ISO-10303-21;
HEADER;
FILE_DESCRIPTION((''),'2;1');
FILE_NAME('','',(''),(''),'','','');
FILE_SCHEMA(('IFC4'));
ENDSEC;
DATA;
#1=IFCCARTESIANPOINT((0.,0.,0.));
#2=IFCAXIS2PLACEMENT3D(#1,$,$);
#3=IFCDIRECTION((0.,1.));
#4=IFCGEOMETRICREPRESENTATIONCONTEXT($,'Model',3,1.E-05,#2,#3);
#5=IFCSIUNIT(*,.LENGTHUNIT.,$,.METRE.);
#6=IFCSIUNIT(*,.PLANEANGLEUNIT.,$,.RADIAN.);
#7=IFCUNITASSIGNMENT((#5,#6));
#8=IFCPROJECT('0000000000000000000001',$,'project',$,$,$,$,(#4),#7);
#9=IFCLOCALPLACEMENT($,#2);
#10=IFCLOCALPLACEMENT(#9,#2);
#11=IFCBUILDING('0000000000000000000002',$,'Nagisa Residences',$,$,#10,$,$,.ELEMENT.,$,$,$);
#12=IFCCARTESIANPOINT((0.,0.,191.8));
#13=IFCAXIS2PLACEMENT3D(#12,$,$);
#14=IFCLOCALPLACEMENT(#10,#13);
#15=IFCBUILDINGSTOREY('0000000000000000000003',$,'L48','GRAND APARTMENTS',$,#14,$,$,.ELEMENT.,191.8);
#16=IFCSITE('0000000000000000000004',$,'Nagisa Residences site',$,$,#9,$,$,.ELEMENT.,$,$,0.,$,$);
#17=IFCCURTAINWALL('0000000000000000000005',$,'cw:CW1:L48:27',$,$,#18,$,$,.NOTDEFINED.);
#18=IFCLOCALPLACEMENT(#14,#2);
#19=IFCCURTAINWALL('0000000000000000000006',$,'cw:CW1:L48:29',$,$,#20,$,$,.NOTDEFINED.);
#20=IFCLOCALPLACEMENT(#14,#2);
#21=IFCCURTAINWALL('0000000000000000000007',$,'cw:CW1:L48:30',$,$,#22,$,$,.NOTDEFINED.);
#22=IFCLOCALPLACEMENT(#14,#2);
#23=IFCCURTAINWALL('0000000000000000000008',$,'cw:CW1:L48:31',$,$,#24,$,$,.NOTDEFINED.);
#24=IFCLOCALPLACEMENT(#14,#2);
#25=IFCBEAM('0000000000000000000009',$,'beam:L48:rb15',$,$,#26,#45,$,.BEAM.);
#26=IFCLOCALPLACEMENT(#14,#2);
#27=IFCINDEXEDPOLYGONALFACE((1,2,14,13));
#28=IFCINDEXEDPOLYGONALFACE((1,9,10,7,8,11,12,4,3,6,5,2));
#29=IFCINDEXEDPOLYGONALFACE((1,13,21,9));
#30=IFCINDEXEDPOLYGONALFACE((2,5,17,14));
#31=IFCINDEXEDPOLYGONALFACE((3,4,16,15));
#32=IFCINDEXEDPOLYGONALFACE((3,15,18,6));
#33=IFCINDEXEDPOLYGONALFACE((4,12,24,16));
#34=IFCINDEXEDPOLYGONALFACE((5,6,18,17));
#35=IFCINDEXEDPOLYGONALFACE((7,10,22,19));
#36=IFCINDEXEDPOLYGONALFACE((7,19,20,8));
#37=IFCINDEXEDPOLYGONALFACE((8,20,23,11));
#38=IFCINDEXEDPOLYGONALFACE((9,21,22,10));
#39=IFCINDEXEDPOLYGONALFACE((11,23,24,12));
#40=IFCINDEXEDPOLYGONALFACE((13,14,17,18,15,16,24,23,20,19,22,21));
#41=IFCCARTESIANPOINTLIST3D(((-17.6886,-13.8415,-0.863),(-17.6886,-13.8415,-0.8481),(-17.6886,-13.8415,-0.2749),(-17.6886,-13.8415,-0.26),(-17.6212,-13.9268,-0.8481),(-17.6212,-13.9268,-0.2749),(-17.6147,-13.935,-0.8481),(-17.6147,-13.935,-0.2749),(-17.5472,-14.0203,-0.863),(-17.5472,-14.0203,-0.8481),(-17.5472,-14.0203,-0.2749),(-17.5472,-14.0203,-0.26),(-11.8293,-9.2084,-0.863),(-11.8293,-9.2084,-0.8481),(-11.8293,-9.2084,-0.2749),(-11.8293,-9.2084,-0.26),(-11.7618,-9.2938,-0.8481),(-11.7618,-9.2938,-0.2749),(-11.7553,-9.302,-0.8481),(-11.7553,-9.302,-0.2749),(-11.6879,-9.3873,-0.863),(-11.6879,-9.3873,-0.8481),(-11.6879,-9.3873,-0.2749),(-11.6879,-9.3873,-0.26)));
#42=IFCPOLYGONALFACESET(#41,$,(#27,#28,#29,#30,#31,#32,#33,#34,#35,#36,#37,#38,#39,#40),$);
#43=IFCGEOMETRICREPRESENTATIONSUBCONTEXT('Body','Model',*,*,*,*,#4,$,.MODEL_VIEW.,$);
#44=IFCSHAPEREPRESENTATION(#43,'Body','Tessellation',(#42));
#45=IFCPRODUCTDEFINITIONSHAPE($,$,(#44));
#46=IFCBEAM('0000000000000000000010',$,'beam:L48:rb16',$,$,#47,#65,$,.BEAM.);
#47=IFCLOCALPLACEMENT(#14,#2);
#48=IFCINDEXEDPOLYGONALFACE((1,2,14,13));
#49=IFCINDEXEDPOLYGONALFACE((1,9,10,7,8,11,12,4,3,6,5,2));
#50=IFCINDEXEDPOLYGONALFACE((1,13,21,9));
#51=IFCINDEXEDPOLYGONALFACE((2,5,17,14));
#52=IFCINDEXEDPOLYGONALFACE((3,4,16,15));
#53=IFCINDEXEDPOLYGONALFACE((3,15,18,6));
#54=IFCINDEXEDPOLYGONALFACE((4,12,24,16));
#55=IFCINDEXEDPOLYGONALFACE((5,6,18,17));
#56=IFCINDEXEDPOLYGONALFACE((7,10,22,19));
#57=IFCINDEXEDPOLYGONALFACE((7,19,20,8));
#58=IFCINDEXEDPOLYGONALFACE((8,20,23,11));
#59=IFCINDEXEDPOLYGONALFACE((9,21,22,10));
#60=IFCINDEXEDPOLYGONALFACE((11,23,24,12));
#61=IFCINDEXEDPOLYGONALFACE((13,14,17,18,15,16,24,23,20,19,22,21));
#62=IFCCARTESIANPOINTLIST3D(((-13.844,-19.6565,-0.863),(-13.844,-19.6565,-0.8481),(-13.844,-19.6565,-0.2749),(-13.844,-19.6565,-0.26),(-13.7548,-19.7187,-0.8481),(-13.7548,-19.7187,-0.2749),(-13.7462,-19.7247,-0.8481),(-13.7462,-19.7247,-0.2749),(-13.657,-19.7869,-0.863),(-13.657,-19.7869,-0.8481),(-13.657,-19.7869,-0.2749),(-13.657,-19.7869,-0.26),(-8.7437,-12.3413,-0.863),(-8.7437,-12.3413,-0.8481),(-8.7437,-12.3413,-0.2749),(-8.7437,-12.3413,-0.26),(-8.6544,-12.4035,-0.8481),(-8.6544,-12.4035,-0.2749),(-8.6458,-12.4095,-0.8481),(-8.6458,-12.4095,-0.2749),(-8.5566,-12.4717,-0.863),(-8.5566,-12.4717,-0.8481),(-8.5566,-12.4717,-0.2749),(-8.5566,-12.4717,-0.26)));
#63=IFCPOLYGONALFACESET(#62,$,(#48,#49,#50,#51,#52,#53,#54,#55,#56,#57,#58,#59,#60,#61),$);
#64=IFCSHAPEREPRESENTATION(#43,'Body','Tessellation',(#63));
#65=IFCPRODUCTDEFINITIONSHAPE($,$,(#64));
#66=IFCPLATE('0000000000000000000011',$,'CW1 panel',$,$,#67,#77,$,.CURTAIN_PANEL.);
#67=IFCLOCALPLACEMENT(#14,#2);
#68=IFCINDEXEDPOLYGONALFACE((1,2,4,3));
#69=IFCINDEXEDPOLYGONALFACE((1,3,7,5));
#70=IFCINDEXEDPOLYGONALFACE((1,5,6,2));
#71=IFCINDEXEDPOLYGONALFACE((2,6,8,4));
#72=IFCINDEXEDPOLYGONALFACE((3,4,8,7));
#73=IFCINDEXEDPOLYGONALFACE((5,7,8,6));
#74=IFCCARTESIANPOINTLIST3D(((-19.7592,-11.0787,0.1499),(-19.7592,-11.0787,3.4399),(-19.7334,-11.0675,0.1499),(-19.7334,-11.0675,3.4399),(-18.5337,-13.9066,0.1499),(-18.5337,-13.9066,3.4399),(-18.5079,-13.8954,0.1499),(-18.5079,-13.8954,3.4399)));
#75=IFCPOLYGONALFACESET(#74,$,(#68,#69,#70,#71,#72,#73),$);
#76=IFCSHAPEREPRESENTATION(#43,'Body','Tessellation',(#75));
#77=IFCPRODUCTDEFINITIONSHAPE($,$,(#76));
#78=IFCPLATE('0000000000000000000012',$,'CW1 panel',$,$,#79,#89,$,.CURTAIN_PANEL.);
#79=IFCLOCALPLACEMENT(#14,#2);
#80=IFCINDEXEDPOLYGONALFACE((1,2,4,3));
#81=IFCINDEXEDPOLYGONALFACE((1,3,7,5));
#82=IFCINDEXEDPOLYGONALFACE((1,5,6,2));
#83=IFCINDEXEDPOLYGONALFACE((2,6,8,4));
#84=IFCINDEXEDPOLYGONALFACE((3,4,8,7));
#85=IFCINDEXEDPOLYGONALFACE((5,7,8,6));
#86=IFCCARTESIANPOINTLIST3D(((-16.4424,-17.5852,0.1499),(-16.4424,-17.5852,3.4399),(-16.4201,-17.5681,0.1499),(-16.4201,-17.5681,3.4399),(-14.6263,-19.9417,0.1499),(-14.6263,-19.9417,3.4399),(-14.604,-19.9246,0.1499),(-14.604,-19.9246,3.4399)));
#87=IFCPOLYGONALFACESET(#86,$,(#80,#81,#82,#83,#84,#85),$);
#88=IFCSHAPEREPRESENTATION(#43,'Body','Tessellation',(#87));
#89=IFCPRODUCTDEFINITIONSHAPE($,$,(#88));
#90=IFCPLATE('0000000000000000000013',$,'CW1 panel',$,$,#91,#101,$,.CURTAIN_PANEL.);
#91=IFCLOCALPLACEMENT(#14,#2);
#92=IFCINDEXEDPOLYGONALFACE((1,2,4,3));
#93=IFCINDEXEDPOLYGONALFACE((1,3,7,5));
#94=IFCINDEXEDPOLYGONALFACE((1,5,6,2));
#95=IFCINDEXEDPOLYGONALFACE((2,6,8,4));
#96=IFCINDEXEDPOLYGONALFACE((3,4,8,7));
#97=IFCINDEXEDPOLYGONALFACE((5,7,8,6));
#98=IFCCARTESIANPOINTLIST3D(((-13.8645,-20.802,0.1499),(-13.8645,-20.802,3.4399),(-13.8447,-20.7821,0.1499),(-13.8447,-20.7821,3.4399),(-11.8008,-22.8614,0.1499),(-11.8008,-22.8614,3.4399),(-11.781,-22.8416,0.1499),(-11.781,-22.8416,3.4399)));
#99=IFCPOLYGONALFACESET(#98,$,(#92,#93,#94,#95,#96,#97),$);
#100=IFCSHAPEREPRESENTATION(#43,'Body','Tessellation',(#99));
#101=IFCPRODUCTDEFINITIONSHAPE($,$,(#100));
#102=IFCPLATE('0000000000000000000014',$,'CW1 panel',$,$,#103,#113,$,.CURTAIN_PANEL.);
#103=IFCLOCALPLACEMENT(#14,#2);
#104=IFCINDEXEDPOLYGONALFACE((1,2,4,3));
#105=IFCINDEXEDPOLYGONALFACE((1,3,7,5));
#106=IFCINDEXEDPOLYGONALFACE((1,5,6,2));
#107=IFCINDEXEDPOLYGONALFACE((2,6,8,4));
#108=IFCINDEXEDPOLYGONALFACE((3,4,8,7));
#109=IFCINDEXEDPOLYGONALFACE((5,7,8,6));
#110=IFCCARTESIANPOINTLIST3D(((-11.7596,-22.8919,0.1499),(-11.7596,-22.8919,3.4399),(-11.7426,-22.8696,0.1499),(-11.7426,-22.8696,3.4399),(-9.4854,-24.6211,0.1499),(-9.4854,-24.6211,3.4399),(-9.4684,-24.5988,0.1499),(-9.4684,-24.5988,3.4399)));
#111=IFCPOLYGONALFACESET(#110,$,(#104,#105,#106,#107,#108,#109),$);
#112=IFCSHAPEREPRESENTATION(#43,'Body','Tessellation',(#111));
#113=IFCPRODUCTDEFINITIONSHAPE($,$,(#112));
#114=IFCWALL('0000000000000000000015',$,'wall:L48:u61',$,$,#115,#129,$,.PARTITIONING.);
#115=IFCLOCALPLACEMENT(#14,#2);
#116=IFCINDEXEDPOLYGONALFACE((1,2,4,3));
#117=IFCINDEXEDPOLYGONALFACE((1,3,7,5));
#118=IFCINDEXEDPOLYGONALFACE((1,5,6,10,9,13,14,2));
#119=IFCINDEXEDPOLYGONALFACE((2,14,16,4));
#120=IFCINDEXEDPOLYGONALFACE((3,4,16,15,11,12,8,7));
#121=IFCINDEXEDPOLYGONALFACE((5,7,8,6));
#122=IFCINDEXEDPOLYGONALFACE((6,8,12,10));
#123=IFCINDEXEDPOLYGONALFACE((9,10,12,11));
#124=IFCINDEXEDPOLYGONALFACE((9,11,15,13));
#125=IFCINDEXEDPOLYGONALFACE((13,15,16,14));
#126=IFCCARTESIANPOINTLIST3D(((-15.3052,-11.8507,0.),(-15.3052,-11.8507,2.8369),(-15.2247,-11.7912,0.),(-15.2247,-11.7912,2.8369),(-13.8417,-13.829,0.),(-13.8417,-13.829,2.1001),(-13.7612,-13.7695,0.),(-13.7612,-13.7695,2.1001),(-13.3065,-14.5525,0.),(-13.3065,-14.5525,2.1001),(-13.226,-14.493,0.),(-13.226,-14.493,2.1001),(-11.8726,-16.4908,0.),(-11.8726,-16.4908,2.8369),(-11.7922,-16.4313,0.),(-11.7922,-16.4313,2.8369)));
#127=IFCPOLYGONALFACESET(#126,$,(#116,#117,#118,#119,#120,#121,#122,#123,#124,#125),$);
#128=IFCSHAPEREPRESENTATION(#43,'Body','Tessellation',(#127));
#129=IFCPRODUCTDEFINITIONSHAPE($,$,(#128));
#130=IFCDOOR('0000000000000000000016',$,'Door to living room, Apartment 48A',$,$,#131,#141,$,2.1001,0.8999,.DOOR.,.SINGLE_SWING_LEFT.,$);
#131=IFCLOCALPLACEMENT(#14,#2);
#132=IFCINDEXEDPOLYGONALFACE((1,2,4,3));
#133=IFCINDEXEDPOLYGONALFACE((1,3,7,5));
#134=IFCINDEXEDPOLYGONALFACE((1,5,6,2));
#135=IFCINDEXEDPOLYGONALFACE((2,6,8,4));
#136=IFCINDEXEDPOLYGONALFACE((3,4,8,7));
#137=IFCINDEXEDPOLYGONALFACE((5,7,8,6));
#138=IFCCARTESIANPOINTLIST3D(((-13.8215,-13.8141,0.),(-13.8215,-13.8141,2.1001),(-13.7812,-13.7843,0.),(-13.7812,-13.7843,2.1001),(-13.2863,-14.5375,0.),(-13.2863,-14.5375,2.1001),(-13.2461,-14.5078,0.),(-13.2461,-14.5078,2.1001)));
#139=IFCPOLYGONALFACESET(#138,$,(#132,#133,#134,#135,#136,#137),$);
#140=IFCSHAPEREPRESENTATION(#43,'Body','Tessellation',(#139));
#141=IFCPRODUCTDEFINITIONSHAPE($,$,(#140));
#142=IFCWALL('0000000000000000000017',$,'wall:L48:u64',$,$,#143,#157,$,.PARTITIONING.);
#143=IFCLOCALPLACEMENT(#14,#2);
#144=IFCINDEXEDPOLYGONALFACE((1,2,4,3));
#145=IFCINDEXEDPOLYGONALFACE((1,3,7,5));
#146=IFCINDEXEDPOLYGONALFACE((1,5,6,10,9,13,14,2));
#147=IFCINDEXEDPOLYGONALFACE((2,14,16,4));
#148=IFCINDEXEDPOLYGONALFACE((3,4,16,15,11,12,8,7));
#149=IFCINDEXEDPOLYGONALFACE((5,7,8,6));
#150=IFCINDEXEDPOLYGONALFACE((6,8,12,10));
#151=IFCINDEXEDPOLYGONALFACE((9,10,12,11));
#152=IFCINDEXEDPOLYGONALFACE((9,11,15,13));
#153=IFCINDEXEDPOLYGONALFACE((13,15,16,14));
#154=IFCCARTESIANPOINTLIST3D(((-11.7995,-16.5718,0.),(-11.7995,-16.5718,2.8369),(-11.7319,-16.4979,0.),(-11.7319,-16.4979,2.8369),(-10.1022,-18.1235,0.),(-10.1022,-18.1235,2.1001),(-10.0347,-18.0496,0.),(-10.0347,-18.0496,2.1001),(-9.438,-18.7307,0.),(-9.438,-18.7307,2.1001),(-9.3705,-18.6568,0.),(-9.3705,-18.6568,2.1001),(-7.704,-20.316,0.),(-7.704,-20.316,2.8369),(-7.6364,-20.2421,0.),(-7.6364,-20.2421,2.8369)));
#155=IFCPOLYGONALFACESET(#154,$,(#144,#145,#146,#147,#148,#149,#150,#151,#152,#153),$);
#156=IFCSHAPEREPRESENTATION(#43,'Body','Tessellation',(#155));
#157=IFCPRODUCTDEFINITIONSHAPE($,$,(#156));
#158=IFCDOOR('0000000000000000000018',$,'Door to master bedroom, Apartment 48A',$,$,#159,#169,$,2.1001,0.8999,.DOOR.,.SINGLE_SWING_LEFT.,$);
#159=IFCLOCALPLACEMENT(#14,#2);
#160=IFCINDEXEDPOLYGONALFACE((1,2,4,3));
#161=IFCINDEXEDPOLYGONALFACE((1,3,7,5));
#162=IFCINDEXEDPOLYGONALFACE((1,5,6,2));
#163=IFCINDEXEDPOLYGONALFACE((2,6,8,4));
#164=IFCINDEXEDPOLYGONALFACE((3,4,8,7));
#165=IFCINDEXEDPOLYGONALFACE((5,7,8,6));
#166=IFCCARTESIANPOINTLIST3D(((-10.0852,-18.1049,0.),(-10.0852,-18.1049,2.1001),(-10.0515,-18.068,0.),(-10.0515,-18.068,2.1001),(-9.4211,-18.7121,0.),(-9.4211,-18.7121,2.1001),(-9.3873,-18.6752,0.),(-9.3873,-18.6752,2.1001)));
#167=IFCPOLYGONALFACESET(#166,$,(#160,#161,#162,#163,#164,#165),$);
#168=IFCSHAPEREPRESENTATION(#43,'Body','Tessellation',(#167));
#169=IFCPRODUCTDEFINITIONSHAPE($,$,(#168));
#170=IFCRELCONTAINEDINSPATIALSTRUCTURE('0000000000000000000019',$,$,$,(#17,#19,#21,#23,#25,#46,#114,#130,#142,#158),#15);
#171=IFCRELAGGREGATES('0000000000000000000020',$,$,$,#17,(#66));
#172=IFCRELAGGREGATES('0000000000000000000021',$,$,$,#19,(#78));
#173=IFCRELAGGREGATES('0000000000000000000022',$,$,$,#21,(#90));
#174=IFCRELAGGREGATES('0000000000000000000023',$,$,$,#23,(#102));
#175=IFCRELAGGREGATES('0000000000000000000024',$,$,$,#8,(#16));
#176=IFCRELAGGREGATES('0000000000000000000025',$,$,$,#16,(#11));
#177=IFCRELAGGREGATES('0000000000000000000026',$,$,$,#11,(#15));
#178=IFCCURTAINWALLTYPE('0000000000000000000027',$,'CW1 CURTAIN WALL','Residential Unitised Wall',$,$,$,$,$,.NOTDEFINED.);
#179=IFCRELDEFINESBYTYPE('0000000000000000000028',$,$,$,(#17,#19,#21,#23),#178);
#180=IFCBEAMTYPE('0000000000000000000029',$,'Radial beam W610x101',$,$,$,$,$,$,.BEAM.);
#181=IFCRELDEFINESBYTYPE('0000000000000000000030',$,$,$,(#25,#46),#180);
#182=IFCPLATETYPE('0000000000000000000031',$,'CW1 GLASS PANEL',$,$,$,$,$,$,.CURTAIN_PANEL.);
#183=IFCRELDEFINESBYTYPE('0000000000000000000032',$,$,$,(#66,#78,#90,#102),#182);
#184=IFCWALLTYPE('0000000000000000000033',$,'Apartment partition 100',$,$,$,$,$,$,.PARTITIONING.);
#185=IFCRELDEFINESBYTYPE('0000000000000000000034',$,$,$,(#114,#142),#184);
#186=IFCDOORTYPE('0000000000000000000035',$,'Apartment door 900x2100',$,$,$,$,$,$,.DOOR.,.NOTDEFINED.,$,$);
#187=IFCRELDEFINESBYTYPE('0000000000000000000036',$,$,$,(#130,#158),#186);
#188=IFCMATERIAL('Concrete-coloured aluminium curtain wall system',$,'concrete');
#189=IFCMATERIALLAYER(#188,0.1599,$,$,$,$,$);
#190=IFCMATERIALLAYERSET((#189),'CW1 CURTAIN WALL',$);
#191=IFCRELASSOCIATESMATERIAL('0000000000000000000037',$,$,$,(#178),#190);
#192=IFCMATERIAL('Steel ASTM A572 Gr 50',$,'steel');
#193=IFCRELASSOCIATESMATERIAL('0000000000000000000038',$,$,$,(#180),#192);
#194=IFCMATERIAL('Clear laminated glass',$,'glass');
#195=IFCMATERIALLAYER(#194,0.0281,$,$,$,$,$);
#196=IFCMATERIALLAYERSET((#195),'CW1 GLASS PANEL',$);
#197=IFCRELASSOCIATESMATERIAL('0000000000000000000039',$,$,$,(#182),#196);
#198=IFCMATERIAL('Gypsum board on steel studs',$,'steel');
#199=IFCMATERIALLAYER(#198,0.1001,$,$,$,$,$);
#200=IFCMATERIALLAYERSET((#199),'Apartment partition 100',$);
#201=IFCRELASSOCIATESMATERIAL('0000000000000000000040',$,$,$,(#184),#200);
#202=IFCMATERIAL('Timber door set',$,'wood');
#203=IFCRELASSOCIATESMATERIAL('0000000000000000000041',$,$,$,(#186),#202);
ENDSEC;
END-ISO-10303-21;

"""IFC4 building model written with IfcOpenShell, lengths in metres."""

from ifc_helpers import new_model, si_unit, direction, frame, frame_2d, origin, origin_2d, place, context, subcontext, project, spatial, rectangle, i_section, extrude, material, layer, layer_set, material_profile, profile_set, type_object, element, fill, aggregate, save


model = new_model("IFC4")

# Units and contexts
model_context = context("Model", 3, precision=1e-05, world=origin(), true_north=direction((0.0, 1.0)))
body_context = subcontext(model_context, "Body", "Model", "MODEL_VIEW")
ifc_project = project(units=[si_unit("LENGTHUNIT", "METRE"), si_unit("PLANEANGLEUNIT", "RADIAN")], contexts=[model_context])

# Site, building, storey
site_placement = place(None, origin())
site = spatial("IfcSite", under=ifc_project, at=site_placement, Name="Nagisa Residences site", CompositionType="ELEMENT", RefElevation=0.0)
building_placement = place(site_placement, origin())
building = spatial("IfcBuilding", under=site, at=building_placement, Name="Nagisa Residences", CompositionType="ELEMENT")
storey_placement = place(building_placement, frame((0.0, 0.0, 191.8)))
storey = spatial("IfcBuildingStorey", under=building, at=storey_placement, Name="L48", Description="GRAND APARTMENTS", CompositionType="ELEMENT", Elevation=191.8)

# Curtain walls
ifc_material_1 = material(Name="Concrete-coloured aluminium curtain wall system", Category="concrete")
ifc_layer_1 = layer(ifc_material_1, 0.1599)
ifc_layer_set_1 = layer_set([ifc_layer_1], Name="CW1 CURTAIN WALL")
curtain_wall_type = type_object("IfcCurtainWallType", Name="CW1 CURTAIN WALL", Description="Residential Unitised Wall", PredefinedType="NOTDEFINED", material=ifc_layer_set_1)
curtain_wall_1_placement = place(storey_placement, origin())
curtain_wall_1 = element("IfcCurtainWall", 1, at=curtain_wall_1_placement, inside=storey, type_object=curtain_wall_type, Name="cw:CW1:L48:27", PredefinedType="NOTDEFINED")
curtain_wall_2_placement = place(storey_placement, origin())
curtain_wall_2 = element("IfcCurtainWall", 2, at=curtain_wall_2_placement, inside=storey, type_object=curtain_wall_type, Name="cw:CW1:L48:29", PredefinedType="NOTDEFINED")
curtain_wall_3_placement = place(storey_placement, origin())
curtain_wall_3 = element("IfcCurtainWall", 3, at=curtain_wall_3_placement, inside=storey, type_object=curtain_wall_type, Name="cw:CW1:L48:30", PredefinedType="NOTDEFINED")
curtain_wall_4_placement = place(storey_placement, origin())
curtain_wall_4 = element("IfcCurtainWall", 4, at=curtain_wall_4_placement, inside=storey, type_object=curtain_wall_type, Name="cw:CW1:L48:31", PredefinedType="NOTDEFINED")

# Beams
ifc_material_2 = material(Name="Steel ASTM A572 Gr 50", Category="steel")
ifc_material_profile_1 = material_profile(ifc_material_2, i_section(OverallWidth=0.228, OverallDepth=0.603, WebThickness=0.0105, FlangeThickness=0.0149, at=origin_2d()), Name="W610x101")
ifc_profile_set_1 = profile_set([ifc_material_profile_1], Name="Steel ASTM A572 Gr 50")
beam_type_1 = type_object("IfcBeamType", Name="Radial beam W610x101", PredefinedType="BEAM", material=ifc_profile_set_1)
beam_1_placement = place(storey_placement, frame((-17.6179, -13.9309, -0.5615), z_axis=(0.784412, 0.620241, 0.0), x_axis=(-0.620241, 0.784412, 0.0)))
element("IfcBeam", 5, at=beam_1_placement, inside=storey, type_object=beam_type_1, Name="beam:L48:rb15", PredefinedType="BEAM", context=body_context, shape_type="SweptSolid", body=[
    extrude(i_section(OverallWidth=0.228, OverallDepth=0.603, WebThickness=0.0105, FlangeThickness=0.0149, at=origin_2d()), origin(), (0.0, 0.0, 1.0), 7.4697),
])
beam_2_placement = place(storey_placement, frame((-13.7505, -19.7217, -0.5615), z_axis=(0.571934, 0.820299, 0.0), x_axis=(-0.820299, 0.571934, 0.0)))
element("IfcBeam", 6, at=beam_2_placement, inside=storey, type_object=beam_type_1, Name="beam:L48:rb16", PredefinedType="BEAM", context=body_context, shape_type="SweptSolid", body=[
    extrude(i_section(OverallWidth=0.228, OverallDepth=0.603, WebThickness=0.0105, FlangeThickness=0.0149, at=origin_2d()), origin(), (0.0, 0.0, 1.0), 8.9177),
])

# Plates
ifc_material_3 = material(Name="Clear laminated glass", Category="glass")
ifc_layer_2 = layer(ifc_material_3, 0.0281)
ifc_layer_set_2 = layer_set([ifc_layer_2], Name="CW1 GLASS PANEL")
plate_type = type_object("IfcPlateType", Name="CW1 GLASS PANEL", PredefinedType="CURTAIN_PANEL", material=ifc_layer_set_2)
plate_1_placement = place(storey_placement, frame((-19.1335, -12.4871, 0.1499), z_axis=(0.0, 0.0, 1.0), x_axis=(0.397636, -0.917543, 0.0)))
plate_1 = element("IfcPlate", 7, at=plate_1_placement, type_object=plate_type, Name="CW1 panel", PredefinedType="CURTAIN_PANEL", context=body_context, shape_type="SweptSolid", body=[
    extrude(rectangle(XDim=3.082, YDim=0.0281, at=origin_2d()), origin(), (0.0, 0.0, 1.0), 3.29),
])
aggregate(curtain_wall_1, [plate_1])
plate_2_placement = place(storey_placement, frame((-15.5232, -18.7549, 0.1499), z_axis=(0.0, 0.0, 1.0), x_axis=(0.61043, -0.79207, 0.0)))
plate_2 = element("IfcPlate", 8, at=plate_2_placement, type_object=plate_type, Name="CW1 panel", PredefinedType="CURTAIN_PANEL", context=body_context, shape_type="SweptSolid", body=[
    extrude(rectangle(XDim=2.9751, YDim=0.0281, at=origin_2d()), origin(), (0.0, 0.0, 1.0), 3.29),
])
aggregate(curtain_wall_2, [plate_2])
plate_3_placement = place(storey_placement, frame((-12.8228, -21.8218, 0.1499), z_axis=(0.0, 0.0, 1.0), x_axis=(0.707836, -0.706377, 0.0)))
plate_3 = element("IfcPlate", 9, at=plate_3_placement, type_object=plate_type, Name="CW1 panel", PredefinedType="CURTAIN_PANEL", context=body_context, shape_type="SweptSolid", body=[
    extrude(rectangle(XDim=2.9155, YDim=0.0281, at=origin_2d()), origin(), (0.0, 0.0, 1.0), 3.29),
])
aggregate(curtain_wall_3, [plate_3])
plate_4_placement = place(storey_placement, frame((-10.614, -23.7454, 0.1499), z_axis=(0.0, 0.0, 1.0), x_axis=(0.796031, -0.605255, 0.0)))
plate_4 = element("IfcPlate", 10, at=plate_4_placement, type_object=plate_type, Name="CW1 panel", PredefinedType="CURTAIN_PANEL", context=body_context, shape_type="SweptSolid", body=[
    extrude(rectangle(XDim=2.8569, YDim=0.0281, at=origin_2d()), origin(), (0.0, 0.0, 1.0), 3.29),
])
aggregate(curtain_wall_4, [plate_4])

# Walls, openings, doors
ifc_material_4 = material(Name="Gypsum board on steel studs", Category="steel")
ifc_layer_3 = layer(ifc_material_4, 0.1001)
ifc_layer_set_3 = layer_set([ifc_layer_3], Name="Apartment partition 100")
wall_type_1 = type_object("IfcWallType", Name="Apartment partition 100", PredefinedType="PARTITIONING", material=ifc_layer_set_3)
wall_1_placement = place(storey_placement, frame((-15.2649, -11.821, 0.0), z_axis=(0.0, 0.0, 1.0), x_axis=(0.594722, -0.803932, 0.0)))
wall_1 = element("IfcWall", 11, at=wall_1_placement, inside=storey, type_object=wall_type_1, Name="wall:L48:u61", PredefinedType="PARTITIONING", context=body_context, shape_type="SweptSolid", body=[
    extrude(rectangle(XDim=5.7717, YDim=0.1001, at=frame_2d((2.8857, 0.0))), origin(), (0.0, 0.0, 1.0), 2.8369),
])
opening_1_placement = place(wall_1_placement, frame((2.4607, 0.0, 0.0)))
opening_1 = element("IfcOpeningElement", 12, at=opening_1_placement, cuts=wall_1, PredefinedType="OPENING", context=body_context, shape_type="SweptSolid", body=[
    extrude(rectangle(XDim=0.8999, YDim=2.1001, at=frame_2d((0.45, 1.05))), frame((0.0, 0.0601, 0.0), z_axis=(0.0, -1.0, 0.0), x_axis=(1.0, 0.0, 0.0)), (0.0, 0.0, 1.0), 0.1201),
])
ifc_material_5 = material(Name="Timber door set", Category="wood")
door_type_1 = type_object("IfcDoorType", Name="Apartment door 900x2100", OperationType="NOTDEFINED", PredefinedType="DOOR", material=ifc_material_5)
door_1_placement = place(opening_1_placement, frame((0.8999, 0.0, 0.0), x_axis=(-1.0, 0.0, 0.0)))
door_1 = element("IfcDoor", 13, at=door_1_placement, inside=storey, type_object=door_type_1, Name="Door to living room, Apartment 48A", OperationType="SINGLE_SWING_LEFT", OverallHeight=2.1001, OverallWidth=0.8999, PredefinedType="DOOR", context=body_context, shape_type="SweptSolid", body=[
    extrude(rectangle(XDim=0.8999, YDim=2.1001, at=frame_2d((0.45, 1.05))), frame((0.0, 0.0249, 0.0), z_axis=(0.0, -1.0, 0.0), x_axis=(1.0, 0.0, 0.0)), (0.0, 0.0, 1.0), 0.05),
])
fill(opening_1, door_1)
wall_2_placement = place(storey_placement, frame((-11.7656, -16.5349, 0.0), z_axis=(0.0, 0.0, 1.0), x_axis=(0.738054, -0.674742, 0.0)))
wall_2 = element("IfcWall", 14, at=wall_2_placement, inside=storey, type_object=wall_type_1, Name="wall:L48:u64", PredefinedType="PARTITIONING", context=body_context, shape_type="SweptSolid", body=[
    extrude(rectangle(XDim=5.5491, YDim=0.1001, at=frame_2d((2.7744, 0.0))), origin(), (0.0, 0.0, 1.0), 2.8369),
])
opening_2_placement = place(wall_2_placement, frame((2.2996, 0.0, 0.0)))
opening_2 = element("IfcOpeningElement", 15, at=opening_2_placement, cuts=wall_2, PredefinedType="OPENING", context=body_context, shape_type="SweptSolid", body=[
    extrude(rectangle(XDim=0.8999, YDim=2.1001, at=frame_2d((0.45, 1.05))), frame((0.0, 0.0601, 0.0), z_axis=(0.0, -1.0, 0.0), x_axis=(1.0, 0.0, 0.0)), (0.0, 0.0, 1.0), 0.1201),
])
door_2_placement = place(opening_2_placement, frame((0.8999, 0.0, 0.0), x_axis=(-1.0, 0.0, 0.0)))
door_2 = element("IfcDoor", 16, at=door_2_placement, inside=storey, type_object=door_type_1, Name="Door to master bedroom, Apartment 48A", OperationType="SINGLE_SWING_LEFT", OverallHeight=2.1001, OverallWidth=0.8999, PredefinedType="DOOR", context=body_context, shape_type="SweptSolid", body=[
    extrude(rectangle(XDim=0.8999, YDim=2.1001, at=frame_2d((0.45, 1.05))), frame((0.0, 0.0249, 0.0), z_axis=(0.0, -1.0, 0.0), x_axis=(1.0, 0.0, 0.0)), (0.0, 0.0, 1.0), 0.05),
])
fill(opening_2, door_2)

save(model, "model.ifc")
